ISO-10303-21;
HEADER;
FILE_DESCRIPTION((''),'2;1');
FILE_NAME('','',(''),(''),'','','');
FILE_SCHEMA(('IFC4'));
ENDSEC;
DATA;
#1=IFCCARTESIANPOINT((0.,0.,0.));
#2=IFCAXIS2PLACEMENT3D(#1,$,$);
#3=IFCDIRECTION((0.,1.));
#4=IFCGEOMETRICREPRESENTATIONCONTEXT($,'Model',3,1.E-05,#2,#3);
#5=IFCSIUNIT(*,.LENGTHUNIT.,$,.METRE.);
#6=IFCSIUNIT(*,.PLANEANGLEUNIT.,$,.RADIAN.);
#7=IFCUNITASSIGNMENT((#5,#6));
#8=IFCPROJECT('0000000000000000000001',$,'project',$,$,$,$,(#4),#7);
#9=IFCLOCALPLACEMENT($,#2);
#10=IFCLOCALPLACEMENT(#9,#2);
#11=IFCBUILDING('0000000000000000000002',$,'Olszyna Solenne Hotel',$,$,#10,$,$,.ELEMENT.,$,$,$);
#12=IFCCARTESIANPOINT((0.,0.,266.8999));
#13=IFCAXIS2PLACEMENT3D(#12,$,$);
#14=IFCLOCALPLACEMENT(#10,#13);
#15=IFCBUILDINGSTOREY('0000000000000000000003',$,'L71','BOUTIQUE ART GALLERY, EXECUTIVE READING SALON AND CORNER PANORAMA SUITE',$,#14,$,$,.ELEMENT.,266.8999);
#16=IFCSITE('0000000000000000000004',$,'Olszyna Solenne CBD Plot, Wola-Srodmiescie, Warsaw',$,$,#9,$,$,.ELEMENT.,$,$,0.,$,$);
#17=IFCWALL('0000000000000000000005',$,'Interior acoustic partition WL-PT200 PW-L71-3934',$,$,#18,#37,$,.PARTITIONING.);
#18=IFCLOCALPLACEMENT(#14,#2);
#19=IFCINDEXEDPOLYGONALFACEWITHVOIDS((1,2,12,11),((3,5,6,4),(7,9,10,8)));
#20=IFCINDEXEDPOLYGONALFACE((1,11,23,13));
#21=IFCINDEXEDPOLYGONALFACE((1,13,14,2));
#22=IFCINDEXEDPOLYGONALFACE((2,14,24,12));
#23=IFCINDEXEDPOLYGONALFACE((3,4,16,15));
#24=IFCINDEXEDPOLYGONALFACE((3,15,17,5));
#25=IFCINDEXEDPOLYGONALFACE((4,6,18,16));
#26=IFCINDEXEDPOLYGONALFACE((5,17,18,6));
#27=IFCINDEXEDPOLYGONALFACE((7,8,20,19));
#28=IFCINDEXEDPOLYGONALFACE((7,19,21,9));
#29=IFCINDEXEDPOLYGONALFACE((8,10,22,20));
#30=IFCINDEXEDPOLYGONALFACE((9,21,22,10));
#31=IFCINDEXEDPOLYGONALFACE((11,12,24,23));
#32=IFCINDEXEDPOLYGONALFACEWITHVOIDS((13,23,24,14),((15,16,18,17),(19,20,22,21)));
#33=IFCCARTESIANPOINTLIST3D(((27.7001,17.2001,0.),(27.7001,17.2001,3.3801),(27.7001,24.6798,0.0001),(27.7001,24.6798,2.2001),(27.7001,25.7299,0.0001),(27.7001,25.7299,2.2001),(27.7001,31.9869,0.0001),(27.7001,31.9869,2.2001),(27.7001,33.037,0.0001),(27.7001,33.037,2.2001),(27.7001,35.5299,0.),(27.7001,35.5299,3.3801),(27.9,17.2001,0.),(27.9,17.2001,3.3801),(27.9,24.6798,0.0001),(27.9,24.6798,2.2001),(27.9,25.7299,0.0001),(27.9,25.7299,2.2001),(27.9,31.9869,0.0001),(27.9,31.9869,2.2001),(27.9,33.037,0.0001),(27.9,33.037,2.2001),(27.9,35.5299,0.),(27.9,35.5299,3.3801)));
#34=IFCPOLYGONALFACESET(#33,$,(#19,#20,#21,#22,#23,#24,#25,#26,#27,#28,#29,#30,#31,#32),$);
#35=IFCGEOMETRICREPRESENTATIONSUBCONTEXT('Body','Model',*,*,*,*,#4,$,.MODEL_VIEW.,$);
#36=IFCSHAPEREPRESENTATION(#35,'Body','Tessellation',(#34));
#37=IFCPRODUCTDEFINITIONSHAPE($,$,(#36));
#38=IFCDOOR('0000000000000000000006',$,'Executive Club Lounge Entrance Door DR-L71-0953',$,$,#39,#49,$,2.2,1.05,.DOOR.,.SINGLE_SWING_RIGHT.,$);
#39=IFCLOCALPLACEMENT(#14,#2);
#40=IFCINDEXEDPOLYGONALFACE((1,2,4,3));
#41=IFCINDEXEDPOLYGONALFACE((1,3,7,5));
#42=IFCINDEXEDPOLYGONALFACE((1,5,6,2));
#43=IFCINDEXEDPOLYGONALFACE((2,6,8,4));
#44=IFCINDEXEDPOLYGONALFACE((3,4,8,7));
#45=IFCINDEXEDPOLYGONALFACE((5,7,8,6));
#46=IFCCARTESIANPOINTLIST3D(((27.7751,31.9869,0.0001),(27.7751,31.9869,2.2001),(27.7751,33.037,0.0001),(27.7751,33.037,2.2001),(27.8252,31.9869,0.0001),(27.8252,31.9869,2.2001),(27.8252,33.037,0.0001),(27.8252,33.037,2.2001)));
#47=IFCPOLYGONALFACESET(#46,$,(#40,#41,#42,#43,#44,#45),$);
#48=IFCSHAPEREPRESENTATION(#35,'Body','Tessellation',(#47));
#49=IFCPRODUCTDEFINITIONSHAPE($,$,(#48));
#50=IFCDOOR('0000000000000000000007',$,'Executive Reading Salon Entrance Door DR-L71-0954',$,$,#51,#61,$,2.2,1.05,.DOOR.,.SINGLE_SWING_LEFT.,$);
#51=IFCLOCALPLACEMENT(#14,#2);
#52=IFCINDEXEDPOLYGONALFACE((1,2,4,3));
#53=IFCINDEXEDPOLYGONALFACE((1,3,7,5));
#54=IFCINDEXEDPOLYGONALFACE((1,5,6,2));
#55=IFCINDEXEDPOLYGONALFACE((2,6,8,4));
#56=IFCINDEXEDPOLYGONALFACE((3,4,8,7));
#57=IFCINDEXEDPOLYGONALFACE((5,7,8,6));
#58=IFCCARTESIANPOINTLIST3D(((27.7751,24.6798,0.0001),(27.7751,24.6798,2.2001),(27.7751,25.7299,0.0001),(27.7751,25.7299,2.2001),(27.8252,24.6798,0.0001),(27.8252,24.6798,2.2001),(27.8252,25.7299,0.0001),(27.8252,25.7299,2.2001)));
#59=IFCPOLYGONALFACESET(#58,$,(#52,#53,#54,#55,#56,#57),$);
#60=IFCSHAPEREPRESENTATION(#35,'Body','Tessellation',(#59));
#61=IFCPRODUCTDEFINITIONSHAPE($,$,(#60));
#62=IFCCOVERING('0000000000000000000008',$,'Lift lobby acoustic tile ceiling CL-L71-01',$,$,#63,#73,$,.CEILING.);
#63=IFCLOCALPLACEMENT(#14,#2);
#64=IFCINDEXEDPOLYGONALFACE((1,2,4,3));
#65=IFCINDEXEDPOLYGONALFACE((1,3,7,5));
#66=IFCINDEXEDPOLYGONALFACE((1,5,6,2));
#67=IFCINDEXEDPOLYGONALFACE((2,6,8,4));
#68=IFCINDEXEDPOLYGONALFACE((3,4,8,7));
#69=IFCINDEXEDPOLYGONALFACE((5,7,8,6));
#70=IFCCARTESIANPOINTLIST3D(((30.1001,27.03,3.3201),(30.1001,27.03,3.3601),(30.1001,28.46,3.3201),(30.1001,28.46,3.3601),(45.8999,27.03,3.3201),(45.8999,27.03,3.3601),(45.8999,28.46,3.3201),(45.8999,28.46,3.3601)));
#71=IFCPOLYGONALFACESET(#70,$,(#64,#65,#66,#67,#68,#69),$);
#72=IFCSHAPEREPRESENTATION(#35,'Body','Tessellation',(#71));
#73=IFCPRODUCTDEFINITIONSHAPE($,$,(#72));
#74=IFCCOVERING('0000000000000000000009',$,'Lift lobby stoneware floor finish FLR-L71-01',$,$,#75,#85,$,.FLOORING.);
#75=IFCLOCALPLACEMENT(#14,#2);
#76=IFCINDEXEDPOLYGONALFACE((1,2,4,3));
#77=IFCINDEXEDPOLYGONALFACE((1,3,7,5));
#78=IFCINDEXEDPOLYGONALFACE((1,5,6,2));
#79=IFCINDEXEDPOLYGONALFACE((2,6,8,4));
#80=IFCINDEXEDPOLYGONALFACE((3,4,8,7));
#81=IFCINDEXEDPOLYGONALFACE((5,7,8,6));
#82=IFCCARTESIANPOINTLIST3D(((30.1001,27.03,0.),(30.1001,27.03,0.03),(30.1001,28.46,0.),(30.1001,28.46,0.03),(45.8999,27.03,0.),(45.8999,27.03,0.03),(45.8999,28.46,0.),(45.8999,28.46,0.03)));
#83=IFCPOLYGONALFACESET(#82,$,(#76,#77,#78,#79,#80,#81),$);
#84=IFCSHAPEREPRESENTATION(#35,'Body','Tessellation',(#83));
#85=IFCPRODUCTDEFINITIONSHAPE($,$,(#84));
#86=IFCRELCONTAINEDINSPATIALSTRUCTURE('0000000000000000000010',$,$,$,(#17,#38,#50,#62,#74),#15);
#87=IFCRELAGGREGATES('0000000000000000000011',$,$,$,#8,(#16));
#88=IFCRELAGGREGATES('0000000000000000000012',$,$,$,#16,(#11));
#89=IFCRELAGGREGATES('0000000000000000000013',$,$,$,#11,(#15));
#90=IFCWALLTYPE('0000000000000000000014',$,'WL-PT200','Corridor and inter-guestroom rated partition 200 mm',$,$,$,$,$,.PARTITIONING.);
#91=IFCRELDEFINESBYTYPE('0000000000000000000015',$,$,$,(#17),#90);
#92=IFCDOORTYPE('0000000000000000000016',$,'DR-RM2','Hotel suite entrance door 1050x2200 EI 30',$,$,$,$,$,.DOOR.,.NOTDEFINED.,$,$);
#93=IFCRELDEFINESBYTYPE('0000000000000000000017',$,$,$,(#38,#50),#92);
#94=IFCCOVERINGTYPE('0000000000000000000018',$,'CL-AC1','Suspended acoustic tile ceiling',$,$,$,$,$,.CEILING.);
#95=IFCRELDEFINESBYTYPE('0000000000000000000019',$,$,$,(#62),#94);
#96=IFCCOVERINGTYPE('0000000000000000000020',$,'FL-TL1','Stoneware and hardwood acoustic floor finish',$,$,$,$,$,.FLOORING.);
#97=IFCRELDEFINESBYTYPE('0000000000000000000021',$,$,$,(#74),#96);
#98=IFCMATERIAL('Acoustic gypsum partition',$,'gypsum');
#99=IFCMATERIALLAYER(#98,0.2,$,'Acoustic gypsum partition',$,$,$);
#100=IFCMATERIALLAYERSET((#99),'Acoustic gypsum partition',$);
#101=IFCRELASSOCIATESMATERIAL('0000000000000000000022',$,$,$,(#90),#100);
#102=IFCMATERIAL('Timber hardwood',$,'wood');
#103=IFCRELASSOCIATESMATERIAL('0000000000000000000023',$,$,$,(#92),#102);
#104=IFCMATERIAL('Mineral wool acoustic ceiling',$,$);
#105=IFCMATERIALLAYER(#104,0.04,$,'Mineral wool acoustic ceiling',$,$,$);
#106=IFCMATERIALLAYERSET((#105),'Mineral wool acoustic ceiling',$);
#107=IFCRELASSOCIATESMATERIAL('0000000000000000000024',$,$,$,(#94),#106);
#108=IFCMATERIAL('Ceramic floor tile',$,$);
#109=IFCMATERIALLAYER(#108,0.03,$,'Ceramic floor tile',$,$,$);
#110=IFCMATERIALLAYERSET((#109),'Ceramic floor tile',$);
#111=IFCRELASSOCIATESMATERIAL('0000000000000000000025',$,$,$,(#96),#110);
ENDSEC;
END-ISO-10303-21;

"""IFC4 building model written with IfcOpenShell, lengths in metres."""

from ifc_helpers import new_model, si_unit, direction, frame, frame_2d, origin, place, context, subcontext, project, spatial, polyline, rectangle, outline, extrude, source, transform, mapped, material, layer, layer_set, type_object, type_shapes, element, fill, save


model = new_model("IFC4")

# Units and contexts
model_context = context("Model", 3, precision=1e-05, world=origin(), true_north=direction((0.0, 1.0)))
body_context = subcontext(model_context, "Body", "Model", "MODEL_VIEW")
ifc_project = project(units=[si_unit("LENGTHUNIT", "METRE"), si_unit("PLANEANGLEUNIT", "RADIAN")], contexts=[model_context])

# Site, building, storey
site_placement = place(None, origin())
site = spatial("IfcSite", under=ifc_project, at=site_placement, Name="Olszyna Solenne CBD Plot, Wola-Srodmiescie, Warsaw", CompositionType="ELEMENT", RefElevation=0.0)
building_placement = place(site_placement, origin())
building = spatial("IfcBuilding", under=site, at=building_placement, Name="Olszyna Solenne Hotel", CompositionType="ELEMENT")
storey_placement = place(building_placement, frame((0.0, 0.0, 266.8999)))
storey = spatial("IfcBuildingStorey", under=building, at=storey_placement, Name="L71", Description="BOUTIQUE ART GALLERY, EXECUTIVE READING SALON AND CORNER PANORAMA SUITE", CompositionType="ELEMENT", Elevation=266.8999)

# Shared definitions
ifc_material_1 = material(Name="Acoustic gypsum partition", Category="gypsum")
ifc_layer_1 = layer(ifc_material_1, 0.2, Name="Acoustic gypsum partition")
ifc_layer_set_1 = layer_set([ifc_layer_1], Name="Acoustic gypsum partition")
wall_type = type_object("IfcWallType", Name="WL-PT200", Description="Corridor and inter-guestroom rated partition 200 mm", PredefinedType="PARTITIONING", material=ifc_layer_set_1)

# Shared definitions
ifc_material_2 = material(Name="Timber hardwood", Category="wood")
door_type = type_object("IfcDoorType", Name="DR-RM2", Description="Hotel suite entrance door 1050x2200 EI 30", OperationType="NOTDEFINED", PredefinedType="DOOR", material=ifc_material_2)
shared_shape_1 = source(origin(), body_context, "Body", "SweptSolid", [
    extrude(rectangle(XDim=1.05, YDim=2.2, at=frame_2d((0.5249, 1.1001))), frame((0.0, 0.0249, 0.0), z_axis=(0.0, -1.0, 0.0), x_axis=(1.0, 0.0, 0.0)), (0.0, 0.0, 1.0), 0.05),
])
type_shapes(door_type, [shared_shape_1])

# Wall, openings, doors
wall_1_placement = place(storey_placement, frame((27.8, 17.2, 0.0), z_axis=(0.0, 0.0, 1.0), x_axis=(0.0, 1.0, 0.0)))
wall_1 = element("IfcWall", 1, at=wall_1_placement, inside=storey, type_object=wall_type, Name="Interior acoustic partition WL-PT200 PW-L71-3934", PredefinedType="PARTITIONING", context=body_context, shape_type="SweptSolid", body=[
    extrude(rectangle(XDim=18.3298, YDim=0.2, at=frame_2d((9.165, 0.0))), origin(), (0.0, 0.0, 1.0), 3.3801),
])
opening_1_placement = place(wall_1_placement, frame((14.7871, 0.0, 0.0)))
opening_1 = element("IfcOpeningElement", 2, at=opening_1_placement, cuts=wall_1, PredefinedType="OPENING", context=body_context, shape_type="SweptSolid", body=[
    extrude(rectangle(XDim=1.05, YDim=2.2, at=frame_2d((0.5249, 1.1001))), frame((0.0, 0.1099, 0.0), z_axis=(0.0, -1.0, 0.0), x_axis=(1.0, 0.0, 0.0)), (0.0, 0.0, 1.0), 0.22),
])
opening_2_placement = place(wall_1_placement, frame((7.48, 0.0, 0.0)))
opening_2 = element("IfcOpeningElement", 3, at=opening_2_placement, cuts=wall_1, PredefinedType="OPENING", context=body_context, shape_type="SweptSolid", body=[
    extrude(rectangle(XDim=1.05, YDim=2.2, at=frame_2d((0.5249, 1.1001))), frame((0.0, 0.1099, 0.0), z_axis=(0.0, -1.0, 0.0), x_axis=(1.0, 0.0, 0.0)), (0.0, 0.0, 1.0), 0.22),
])
door_1_placement = place(opening_1_placement, origin())
door_1 = element("IfcDoor", 4, at=door_1_placement, inside=storey, type_object=door_type, Name="Executive Club Lounge Entrance Door DR-L71-0953", OperationType="SINGLE_SWING_RIGHT", OverallHeight=2.2, OverallWidth=1.05, PredefinedType="DOOR", context=body_context, shape_type="MappedRepresentation", body=[
    mapped(shared_shape_1, transform((0.0, 0.0, 0.0), x_axis=(1.0, 0.0, 0.0), y_axis=(0.0, 1.0, 0.0), z_axis=(0.0, 0.0, 1.0), scale=1.0)),
])
fill(opening_1, door_1)
door_2_placement = place(opening_2_placement, origin())
door_2 = element("IfcDoor", 5, at=door_2_placement, inside=storey, type_object=door_type, Name="Executive Reading Salon Entrance Door DR-L71-0954", OperationType="SINGLE_SWING_LEFT", OverallHeight=2.2, OverallWidth=1.05, PredefinedType="DOOR", context=body_context, shape_type="MappedRepresentation", body=[
    mapped(shared_shape_1, transform((0.0, 0.0, 0.0), x_axis=(1.0, 0.0, 0.0), y_axis=(0.0, 1.0, 0.0), z_axis=(0.0, 0.0, 1.0), scale=1.0)),
])
fill(opening_2, door_2)

# Coverings
ifc_material_3 = material(Name="Mineral wool acoustic ceiling")
ifc_layer_2 = layer(ifc_material_3, 0.04, Name="Mineral wool acoustic ceiling")
ifc_layer_set_2 = layer_set([ifc_layer_2], Name="Mineral wool acoustic ceiling")
covering_type_1 = type_object("IfcCoveringType", Name="CL-AC1", Description="Suspended acoustic tile ceiling", PredefinedType="CEILING", material=ifc_layer_set_2)
covering_1_placement = place(storey_placement, frame((0.0, 0.0, 3.3201)))
element("IfcCovering", 6, at=covering_1_placement, inside=storey, type_object=covering_type_1, Name="Lift lobby acoustic tile ceiling CL-L71-01", PredefinedType="CEILING", context=body_context, shape_type="SweptSolid", body=[
    extrude(outline(polyline([(30.1001, 27.03), (45.8999, 27.03), (45.8999, 28.46), (30.1001, 28.46), (30.1001, 27.03)])), origin(), (0.0, 0.0, 1.0), 0.04),
])
ifc_material_4 = material(Name="Ceramic floor tile")
ifc_layer_3 = layer(ifc_material_4, 0.03, Name="Ceramic floor tile")
ifc_layer_set_3 = layer_set([ifc_layer_3], Name="Ceramic floor tile")
covering_type_2 = type_object("IfcCoveringType", Name="FL-TL1", Description="Stoneware and hardwood acoustic floor finish", PredefinedType="FLOORING", material=ifc_layer_set_3)
covering_2_placement = place(storey_placement, origin())
element("IfcCovering", 7, at=covering_2_placement, inside=storey, type_object=covering_type_2, Name="Lift lobby stoneware floor finish FLR-L71-01", PredefinedType="FLOORING", context=body_context, shape_type="SweptSolid", body=[
    extrude(outline(polyline([(30.1001, 27.03), (45.8999, 27.03), (45.8999, 28.46), (30.1001, 28.46), (30.1001, 27.03)])), origin(), (0.0, 0.0, 1.0), 0.03),
])

save(model, "model.ifc")
